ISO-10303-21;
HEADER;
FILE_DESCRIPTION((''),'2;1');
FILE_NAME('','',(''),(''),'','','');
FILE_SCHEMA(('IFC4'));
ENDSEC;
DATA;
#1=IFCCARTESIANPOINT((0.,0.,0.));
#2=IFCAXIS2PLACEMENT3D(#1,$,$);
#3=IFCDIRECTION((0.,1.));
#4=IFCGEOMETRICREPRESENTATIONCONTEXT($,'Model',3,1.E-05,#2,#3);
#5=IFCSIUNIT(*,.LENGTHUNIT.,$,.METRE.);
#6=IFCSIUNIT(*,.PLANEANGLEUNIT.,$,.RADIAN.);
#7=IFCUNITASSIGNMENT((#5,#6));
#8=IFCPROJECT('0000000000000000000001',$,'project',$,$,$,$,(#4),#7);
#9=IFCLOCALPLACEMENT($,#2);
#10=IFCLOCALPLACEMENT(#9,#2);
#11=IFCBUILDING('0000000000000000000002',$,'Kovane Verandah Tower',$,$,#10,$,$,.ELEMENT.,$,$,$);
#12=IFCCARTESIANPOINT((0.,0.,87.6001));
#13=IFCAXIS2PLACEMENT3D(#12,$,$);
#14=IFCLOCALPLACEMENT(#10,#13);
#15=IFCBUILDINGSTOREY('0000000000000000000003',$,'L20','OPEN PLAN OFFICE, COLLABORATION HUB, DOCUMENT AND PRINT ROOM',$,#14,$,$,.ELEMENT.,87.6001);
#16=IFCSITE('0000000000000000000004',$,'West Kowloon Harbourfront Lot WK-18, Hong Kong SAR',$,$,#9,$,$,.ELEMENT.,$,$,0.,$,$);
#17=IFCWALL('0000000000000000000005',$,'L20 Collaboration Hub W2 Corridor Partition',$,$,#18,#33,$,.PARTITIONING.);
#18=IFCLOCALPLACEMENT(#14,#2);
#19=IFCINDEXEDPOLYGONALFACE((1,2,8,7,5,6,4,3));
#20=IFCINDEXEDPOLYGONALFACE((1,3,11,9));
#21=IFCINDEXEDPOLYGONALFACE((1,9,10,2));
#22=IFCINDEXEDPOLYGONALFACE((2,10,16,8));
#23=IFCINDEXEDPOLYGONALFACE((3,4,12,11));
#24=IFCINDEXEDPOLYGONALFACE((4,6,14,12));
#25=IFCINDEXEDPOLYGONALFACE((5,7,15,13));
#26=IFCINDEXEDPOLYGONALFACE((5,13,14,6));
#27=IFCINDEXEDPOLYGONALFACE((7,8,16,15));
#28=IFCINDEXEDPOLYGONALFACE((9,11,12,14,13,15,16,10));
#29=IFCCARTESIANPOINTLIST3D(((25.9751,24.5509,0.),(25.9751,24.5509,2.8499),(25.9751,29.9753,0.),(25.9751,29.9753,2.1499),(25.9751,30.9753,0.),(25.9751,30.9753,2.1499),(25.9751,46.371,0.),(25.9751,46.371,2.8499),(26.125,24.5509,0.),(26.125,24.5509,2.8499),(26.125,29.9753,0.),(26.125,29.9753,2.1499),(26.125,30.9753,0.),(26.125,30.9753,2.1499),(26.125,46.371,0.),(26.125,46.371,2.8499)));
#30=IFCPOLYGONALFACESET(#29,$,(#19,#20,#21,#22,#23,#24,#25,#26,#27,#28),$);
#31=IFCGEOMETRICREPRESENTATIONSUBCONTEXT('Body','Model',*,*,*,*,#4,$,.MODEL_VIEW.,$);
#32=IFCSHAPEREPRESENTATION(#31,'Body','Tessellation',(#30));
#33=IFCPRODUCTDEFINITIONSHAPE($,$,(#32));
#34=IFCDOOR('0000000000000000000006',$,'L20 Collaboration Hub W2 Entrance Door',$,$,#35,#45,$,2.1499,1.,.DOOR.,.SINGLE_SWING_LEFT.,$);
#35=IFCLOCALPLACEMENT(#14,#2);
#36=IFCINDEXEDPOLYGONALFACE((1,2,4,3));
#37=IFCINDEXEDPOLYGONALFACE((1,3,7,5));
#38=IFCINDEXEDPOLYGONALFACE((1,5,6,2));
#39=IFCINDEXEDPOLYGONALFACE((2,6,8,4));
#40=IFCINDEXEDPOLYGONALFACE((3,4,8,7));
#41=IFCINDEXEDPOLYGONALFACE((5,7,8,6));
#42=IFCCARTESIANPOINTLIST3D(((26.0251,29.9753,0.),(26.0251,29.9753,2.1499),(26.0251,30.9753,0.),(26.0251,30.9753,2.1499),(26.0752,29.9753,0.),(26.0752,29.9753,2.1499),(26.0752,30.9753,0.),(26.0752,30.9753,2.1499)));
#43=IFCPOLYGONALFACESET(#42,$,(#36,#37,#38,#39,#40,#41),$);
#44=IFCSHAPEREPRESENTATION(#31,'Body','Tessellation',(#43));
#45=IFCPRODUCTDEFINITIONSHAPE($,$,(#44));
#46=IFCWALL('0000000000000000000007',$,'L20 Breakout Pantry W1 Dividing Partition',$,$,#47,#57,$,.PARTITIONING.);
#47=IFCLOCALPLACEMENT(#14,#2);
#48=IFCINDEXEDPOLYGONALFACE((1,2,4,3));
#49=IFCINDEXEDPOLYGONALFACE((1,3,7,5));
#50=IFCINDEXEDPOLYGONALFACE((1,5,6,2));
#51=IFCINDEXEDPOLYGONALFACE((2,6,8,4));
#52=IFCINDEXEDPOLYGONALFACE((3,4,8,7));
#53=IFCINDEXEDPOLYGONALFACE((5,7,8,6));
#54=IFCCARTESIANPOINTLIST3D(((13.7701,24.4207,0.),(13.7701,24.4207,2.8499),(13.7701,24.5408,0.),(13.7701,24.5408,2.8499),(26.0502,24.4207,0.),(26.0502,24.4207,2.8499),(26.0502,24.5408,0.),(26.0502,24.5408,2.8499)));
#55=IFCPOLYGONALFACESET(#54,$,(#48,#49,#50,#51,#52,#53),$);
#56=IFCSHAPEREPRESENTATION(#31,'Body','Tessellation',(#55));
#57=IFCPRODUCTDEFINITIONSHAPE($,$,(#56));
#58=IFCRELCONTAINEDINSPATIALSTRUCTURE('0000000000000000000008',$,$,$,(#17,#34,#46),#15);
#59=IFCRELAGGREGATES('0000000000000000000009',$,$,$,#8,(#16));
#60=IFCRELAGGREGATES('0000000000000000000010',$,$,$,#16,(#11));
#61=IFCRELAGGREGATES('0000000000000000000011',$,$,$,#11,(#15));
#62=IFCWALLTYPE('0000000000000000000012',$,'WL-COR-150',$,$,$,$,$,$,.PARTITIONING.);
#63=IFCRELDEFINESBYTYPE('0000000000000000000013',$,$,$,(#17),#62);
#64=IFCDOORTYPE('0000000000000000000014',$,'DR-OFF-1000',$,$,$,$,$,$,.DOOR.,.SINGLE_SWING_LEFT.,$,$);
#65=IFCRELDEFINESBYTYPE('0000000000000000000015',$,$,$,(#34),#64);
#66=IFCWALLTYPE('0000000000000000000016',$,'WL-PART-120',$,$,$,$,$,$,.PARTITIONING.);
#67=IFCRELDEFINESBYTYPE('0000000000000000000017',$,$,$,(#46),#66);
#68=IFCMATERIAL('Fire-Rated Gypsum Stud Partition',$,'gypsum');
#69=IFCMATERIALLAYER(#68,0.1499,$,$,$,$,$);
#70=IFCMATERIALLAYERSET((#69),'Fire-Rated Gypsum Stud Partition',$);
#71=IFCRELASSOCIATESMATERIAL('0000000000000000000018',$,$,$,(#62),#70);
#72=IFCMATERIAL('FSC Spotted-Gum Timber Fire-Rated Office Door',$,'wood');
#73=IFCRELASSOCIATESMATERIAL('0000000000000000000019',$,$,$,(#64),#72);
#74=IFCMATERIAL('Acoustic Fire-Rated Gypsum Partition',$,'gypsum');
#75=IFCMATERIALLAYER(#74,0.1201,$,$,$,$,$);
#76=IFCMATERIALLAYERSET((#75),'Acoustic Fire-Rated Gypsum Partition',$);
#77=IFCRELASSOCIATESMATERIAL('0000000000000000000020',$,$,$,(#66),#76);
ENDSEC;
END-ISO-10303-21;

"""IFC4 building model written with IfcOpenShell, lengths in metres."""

from ifc_helpers import new_model, si_unit, direction, frame, frame_2d, origin, place, context, subcontext, project, spatial, rectangle, extrude, material, layer, layer_set, type_object, element, fill, save


model = new_model("IFC4")

# Units and contexts
model_context = context("Model", 3, precision=1e-05, world=origin(), true_north=direction((0.0, 1.0)))
body_context = subcontext(model_context, "Body", "Model", "MODEL_VIEW")
ifc_project = project(units=[si_unit("LENGTHUNIT", "METRE"), si_unit("PLANEANGLEUNIT", "RADIAN")], contexts=[model_context])

# Site, building, storey
site_placement = place(None, origin())
site = spatial("IfcSite", under=ifc_project, at=site_placement, Name="West Kowloon Harbourfront Lot WK-18, Hong Kong SAR", CompositionType="ELEMENT", RefElevation=0.0)
building_placement = place(site_placement, origin())
building = spatial("IfcBuilding", under=site, at=building_placement, Name="Kovane Verandah Tower", CompositionType="ELEMENT")
storey_placement = place(building_placement, frame((0.0, 0.0, 87.6001)))
storey = spatial("IfcBuildingStorey", under=building, at=storey_placement, Name="L20", Description="OPEN PLAN OFFICE, COLLABORATION HUB, DOCUMENT AND PRINT ROOM", CompositionType="ELEMENT", Elevation=87.6001)

# Wall, opening, door
ifc_material_1 = material(Name="Fire-Rated Gypsum Stud Partition", Category="gypsum")
ifc_layer_1 = layer(ifc_material_1, 0.1499)
ifc_layer_set_1 = layer_set([ifc_layer_1], Name="Fire-Rated Gypsum Stud Partition")
wall_type_1 = type_object("IfcWallType", Name="WL-COR-150", PredefinedType="PARTITIONING", material=ifc_layer_set_1)
wall_1_placement = place(storey_placement, frame((26.05, 24.5508, 0.0), z_axis=(0.0, 0.0, 1.0), x_axis=(0.0, 1.0, 0.0)))
wall_1 = element("IfcWall", 1, at=wall_1_placement, inside=storey, type_object=wall_type_1, Name="L20 Collaboration Hub W2 Corridor Partition", PredefinedType="PARTITIONING", context=body_context, shape_type="SweptSolid", body=[
    extrude(rectangle(XDim=21.8201, YDim=0.1499, at=frame_2d((10.9102, 0.0))), origin(), (0.0, 0.0, 1.0), 2.8499),
])
opening_placement = place(wall_1_placement, frame((5.4246, 0.0, 0.0)))
opening = element("IfcOpeningElement", 2, at=opening_placement, cuts=wall_1, PredefinedType="OPENING", context=body_context, shape_type="SweptSolid", body=[
    extrude(rectangle(XDim=1.0, YDim=2.1499, at=frame_2d((0.5, 1.075))), frame((0.0, 0.075, 0.0), z_axis=(0.0, -1.0, 0.0), x_axis=(1.0, 0.0, 0.0)), (0.0, 0.0, 1.0), 0.1499),
])
ifc_material_2 = material(Name="FSC Spotted-Gum Timber Fire-Rated Office Door", Category="wood")
door_type = type_object("IfcDoorType", Name="DR-OFF-1000", OperationType="SINGLE_SWING_LEFT", PredefinedType="DOOR", material=ifc_material_2)
door_placement = place(opening_placement, origin())
door = element("IfcDoor", 3, at=door_placement, inside=storey, type_object=door_type, Name="L20 Collaboration Hub W2 Entrance Door", OperationType="SINGLE_SWING_LEFT", OverallHeight=2.1499, OverallWidth=1.0, PredefinedType="DOOR", context=body_context, shape_type="SweptSolid", body=[
    extrude(rectangle(XDim=1.0, YDim=2.1499, at=frame_2d((0.5, 1.075))), frame((0.0, 0.0249, 0.0), z_axis=(0.0, -1.0, 0.0), x_axis=(1.0, 0.0, 0.0)), (0.0, 0.0, 1.0), 0.05),
])
fill(opening, door)

# Wall
ifc_material_3 = material(Name="Acoustic Fire-Rated Gypsum Partition", Category="gypsum")
ifc_layer_2 = layer(ifc_material_3, 0.1201)
ifc_layer_set_2 = layer_set([ifc_layer_2], Name="Acoustic Fire-Rated Gypsum Partition")
wall_type_2 = type_object("IfcWallType", Name="WL-PART-120", PredefinedType="PARTITIONING", material=ifc_layer_set_2)
wall_2_placement = place(storey_placement, frame((13.77, 24.4807, 0.0), z_axis=(0.0, 0.0, 1.0), x_axis=(1.0, 0.0, 0.0)))
element("IfcWall", 4, at=wall_2_placement, inside=storey, type_object=wall_type_2, Name="L20 Breakout Pantry W1 Dividing Partition", PredefinedType="PARTITIONING", context=body_context, shape_type="SweptSolid", body=[
    extrude(rectangle(XDim=12.28, YDim=0.1201, at=frame_2d((6.1401, 0.0))), origin(), (0.0, 0.0, 1.0), 2.8499),
])

save(model, "model.ifc")
